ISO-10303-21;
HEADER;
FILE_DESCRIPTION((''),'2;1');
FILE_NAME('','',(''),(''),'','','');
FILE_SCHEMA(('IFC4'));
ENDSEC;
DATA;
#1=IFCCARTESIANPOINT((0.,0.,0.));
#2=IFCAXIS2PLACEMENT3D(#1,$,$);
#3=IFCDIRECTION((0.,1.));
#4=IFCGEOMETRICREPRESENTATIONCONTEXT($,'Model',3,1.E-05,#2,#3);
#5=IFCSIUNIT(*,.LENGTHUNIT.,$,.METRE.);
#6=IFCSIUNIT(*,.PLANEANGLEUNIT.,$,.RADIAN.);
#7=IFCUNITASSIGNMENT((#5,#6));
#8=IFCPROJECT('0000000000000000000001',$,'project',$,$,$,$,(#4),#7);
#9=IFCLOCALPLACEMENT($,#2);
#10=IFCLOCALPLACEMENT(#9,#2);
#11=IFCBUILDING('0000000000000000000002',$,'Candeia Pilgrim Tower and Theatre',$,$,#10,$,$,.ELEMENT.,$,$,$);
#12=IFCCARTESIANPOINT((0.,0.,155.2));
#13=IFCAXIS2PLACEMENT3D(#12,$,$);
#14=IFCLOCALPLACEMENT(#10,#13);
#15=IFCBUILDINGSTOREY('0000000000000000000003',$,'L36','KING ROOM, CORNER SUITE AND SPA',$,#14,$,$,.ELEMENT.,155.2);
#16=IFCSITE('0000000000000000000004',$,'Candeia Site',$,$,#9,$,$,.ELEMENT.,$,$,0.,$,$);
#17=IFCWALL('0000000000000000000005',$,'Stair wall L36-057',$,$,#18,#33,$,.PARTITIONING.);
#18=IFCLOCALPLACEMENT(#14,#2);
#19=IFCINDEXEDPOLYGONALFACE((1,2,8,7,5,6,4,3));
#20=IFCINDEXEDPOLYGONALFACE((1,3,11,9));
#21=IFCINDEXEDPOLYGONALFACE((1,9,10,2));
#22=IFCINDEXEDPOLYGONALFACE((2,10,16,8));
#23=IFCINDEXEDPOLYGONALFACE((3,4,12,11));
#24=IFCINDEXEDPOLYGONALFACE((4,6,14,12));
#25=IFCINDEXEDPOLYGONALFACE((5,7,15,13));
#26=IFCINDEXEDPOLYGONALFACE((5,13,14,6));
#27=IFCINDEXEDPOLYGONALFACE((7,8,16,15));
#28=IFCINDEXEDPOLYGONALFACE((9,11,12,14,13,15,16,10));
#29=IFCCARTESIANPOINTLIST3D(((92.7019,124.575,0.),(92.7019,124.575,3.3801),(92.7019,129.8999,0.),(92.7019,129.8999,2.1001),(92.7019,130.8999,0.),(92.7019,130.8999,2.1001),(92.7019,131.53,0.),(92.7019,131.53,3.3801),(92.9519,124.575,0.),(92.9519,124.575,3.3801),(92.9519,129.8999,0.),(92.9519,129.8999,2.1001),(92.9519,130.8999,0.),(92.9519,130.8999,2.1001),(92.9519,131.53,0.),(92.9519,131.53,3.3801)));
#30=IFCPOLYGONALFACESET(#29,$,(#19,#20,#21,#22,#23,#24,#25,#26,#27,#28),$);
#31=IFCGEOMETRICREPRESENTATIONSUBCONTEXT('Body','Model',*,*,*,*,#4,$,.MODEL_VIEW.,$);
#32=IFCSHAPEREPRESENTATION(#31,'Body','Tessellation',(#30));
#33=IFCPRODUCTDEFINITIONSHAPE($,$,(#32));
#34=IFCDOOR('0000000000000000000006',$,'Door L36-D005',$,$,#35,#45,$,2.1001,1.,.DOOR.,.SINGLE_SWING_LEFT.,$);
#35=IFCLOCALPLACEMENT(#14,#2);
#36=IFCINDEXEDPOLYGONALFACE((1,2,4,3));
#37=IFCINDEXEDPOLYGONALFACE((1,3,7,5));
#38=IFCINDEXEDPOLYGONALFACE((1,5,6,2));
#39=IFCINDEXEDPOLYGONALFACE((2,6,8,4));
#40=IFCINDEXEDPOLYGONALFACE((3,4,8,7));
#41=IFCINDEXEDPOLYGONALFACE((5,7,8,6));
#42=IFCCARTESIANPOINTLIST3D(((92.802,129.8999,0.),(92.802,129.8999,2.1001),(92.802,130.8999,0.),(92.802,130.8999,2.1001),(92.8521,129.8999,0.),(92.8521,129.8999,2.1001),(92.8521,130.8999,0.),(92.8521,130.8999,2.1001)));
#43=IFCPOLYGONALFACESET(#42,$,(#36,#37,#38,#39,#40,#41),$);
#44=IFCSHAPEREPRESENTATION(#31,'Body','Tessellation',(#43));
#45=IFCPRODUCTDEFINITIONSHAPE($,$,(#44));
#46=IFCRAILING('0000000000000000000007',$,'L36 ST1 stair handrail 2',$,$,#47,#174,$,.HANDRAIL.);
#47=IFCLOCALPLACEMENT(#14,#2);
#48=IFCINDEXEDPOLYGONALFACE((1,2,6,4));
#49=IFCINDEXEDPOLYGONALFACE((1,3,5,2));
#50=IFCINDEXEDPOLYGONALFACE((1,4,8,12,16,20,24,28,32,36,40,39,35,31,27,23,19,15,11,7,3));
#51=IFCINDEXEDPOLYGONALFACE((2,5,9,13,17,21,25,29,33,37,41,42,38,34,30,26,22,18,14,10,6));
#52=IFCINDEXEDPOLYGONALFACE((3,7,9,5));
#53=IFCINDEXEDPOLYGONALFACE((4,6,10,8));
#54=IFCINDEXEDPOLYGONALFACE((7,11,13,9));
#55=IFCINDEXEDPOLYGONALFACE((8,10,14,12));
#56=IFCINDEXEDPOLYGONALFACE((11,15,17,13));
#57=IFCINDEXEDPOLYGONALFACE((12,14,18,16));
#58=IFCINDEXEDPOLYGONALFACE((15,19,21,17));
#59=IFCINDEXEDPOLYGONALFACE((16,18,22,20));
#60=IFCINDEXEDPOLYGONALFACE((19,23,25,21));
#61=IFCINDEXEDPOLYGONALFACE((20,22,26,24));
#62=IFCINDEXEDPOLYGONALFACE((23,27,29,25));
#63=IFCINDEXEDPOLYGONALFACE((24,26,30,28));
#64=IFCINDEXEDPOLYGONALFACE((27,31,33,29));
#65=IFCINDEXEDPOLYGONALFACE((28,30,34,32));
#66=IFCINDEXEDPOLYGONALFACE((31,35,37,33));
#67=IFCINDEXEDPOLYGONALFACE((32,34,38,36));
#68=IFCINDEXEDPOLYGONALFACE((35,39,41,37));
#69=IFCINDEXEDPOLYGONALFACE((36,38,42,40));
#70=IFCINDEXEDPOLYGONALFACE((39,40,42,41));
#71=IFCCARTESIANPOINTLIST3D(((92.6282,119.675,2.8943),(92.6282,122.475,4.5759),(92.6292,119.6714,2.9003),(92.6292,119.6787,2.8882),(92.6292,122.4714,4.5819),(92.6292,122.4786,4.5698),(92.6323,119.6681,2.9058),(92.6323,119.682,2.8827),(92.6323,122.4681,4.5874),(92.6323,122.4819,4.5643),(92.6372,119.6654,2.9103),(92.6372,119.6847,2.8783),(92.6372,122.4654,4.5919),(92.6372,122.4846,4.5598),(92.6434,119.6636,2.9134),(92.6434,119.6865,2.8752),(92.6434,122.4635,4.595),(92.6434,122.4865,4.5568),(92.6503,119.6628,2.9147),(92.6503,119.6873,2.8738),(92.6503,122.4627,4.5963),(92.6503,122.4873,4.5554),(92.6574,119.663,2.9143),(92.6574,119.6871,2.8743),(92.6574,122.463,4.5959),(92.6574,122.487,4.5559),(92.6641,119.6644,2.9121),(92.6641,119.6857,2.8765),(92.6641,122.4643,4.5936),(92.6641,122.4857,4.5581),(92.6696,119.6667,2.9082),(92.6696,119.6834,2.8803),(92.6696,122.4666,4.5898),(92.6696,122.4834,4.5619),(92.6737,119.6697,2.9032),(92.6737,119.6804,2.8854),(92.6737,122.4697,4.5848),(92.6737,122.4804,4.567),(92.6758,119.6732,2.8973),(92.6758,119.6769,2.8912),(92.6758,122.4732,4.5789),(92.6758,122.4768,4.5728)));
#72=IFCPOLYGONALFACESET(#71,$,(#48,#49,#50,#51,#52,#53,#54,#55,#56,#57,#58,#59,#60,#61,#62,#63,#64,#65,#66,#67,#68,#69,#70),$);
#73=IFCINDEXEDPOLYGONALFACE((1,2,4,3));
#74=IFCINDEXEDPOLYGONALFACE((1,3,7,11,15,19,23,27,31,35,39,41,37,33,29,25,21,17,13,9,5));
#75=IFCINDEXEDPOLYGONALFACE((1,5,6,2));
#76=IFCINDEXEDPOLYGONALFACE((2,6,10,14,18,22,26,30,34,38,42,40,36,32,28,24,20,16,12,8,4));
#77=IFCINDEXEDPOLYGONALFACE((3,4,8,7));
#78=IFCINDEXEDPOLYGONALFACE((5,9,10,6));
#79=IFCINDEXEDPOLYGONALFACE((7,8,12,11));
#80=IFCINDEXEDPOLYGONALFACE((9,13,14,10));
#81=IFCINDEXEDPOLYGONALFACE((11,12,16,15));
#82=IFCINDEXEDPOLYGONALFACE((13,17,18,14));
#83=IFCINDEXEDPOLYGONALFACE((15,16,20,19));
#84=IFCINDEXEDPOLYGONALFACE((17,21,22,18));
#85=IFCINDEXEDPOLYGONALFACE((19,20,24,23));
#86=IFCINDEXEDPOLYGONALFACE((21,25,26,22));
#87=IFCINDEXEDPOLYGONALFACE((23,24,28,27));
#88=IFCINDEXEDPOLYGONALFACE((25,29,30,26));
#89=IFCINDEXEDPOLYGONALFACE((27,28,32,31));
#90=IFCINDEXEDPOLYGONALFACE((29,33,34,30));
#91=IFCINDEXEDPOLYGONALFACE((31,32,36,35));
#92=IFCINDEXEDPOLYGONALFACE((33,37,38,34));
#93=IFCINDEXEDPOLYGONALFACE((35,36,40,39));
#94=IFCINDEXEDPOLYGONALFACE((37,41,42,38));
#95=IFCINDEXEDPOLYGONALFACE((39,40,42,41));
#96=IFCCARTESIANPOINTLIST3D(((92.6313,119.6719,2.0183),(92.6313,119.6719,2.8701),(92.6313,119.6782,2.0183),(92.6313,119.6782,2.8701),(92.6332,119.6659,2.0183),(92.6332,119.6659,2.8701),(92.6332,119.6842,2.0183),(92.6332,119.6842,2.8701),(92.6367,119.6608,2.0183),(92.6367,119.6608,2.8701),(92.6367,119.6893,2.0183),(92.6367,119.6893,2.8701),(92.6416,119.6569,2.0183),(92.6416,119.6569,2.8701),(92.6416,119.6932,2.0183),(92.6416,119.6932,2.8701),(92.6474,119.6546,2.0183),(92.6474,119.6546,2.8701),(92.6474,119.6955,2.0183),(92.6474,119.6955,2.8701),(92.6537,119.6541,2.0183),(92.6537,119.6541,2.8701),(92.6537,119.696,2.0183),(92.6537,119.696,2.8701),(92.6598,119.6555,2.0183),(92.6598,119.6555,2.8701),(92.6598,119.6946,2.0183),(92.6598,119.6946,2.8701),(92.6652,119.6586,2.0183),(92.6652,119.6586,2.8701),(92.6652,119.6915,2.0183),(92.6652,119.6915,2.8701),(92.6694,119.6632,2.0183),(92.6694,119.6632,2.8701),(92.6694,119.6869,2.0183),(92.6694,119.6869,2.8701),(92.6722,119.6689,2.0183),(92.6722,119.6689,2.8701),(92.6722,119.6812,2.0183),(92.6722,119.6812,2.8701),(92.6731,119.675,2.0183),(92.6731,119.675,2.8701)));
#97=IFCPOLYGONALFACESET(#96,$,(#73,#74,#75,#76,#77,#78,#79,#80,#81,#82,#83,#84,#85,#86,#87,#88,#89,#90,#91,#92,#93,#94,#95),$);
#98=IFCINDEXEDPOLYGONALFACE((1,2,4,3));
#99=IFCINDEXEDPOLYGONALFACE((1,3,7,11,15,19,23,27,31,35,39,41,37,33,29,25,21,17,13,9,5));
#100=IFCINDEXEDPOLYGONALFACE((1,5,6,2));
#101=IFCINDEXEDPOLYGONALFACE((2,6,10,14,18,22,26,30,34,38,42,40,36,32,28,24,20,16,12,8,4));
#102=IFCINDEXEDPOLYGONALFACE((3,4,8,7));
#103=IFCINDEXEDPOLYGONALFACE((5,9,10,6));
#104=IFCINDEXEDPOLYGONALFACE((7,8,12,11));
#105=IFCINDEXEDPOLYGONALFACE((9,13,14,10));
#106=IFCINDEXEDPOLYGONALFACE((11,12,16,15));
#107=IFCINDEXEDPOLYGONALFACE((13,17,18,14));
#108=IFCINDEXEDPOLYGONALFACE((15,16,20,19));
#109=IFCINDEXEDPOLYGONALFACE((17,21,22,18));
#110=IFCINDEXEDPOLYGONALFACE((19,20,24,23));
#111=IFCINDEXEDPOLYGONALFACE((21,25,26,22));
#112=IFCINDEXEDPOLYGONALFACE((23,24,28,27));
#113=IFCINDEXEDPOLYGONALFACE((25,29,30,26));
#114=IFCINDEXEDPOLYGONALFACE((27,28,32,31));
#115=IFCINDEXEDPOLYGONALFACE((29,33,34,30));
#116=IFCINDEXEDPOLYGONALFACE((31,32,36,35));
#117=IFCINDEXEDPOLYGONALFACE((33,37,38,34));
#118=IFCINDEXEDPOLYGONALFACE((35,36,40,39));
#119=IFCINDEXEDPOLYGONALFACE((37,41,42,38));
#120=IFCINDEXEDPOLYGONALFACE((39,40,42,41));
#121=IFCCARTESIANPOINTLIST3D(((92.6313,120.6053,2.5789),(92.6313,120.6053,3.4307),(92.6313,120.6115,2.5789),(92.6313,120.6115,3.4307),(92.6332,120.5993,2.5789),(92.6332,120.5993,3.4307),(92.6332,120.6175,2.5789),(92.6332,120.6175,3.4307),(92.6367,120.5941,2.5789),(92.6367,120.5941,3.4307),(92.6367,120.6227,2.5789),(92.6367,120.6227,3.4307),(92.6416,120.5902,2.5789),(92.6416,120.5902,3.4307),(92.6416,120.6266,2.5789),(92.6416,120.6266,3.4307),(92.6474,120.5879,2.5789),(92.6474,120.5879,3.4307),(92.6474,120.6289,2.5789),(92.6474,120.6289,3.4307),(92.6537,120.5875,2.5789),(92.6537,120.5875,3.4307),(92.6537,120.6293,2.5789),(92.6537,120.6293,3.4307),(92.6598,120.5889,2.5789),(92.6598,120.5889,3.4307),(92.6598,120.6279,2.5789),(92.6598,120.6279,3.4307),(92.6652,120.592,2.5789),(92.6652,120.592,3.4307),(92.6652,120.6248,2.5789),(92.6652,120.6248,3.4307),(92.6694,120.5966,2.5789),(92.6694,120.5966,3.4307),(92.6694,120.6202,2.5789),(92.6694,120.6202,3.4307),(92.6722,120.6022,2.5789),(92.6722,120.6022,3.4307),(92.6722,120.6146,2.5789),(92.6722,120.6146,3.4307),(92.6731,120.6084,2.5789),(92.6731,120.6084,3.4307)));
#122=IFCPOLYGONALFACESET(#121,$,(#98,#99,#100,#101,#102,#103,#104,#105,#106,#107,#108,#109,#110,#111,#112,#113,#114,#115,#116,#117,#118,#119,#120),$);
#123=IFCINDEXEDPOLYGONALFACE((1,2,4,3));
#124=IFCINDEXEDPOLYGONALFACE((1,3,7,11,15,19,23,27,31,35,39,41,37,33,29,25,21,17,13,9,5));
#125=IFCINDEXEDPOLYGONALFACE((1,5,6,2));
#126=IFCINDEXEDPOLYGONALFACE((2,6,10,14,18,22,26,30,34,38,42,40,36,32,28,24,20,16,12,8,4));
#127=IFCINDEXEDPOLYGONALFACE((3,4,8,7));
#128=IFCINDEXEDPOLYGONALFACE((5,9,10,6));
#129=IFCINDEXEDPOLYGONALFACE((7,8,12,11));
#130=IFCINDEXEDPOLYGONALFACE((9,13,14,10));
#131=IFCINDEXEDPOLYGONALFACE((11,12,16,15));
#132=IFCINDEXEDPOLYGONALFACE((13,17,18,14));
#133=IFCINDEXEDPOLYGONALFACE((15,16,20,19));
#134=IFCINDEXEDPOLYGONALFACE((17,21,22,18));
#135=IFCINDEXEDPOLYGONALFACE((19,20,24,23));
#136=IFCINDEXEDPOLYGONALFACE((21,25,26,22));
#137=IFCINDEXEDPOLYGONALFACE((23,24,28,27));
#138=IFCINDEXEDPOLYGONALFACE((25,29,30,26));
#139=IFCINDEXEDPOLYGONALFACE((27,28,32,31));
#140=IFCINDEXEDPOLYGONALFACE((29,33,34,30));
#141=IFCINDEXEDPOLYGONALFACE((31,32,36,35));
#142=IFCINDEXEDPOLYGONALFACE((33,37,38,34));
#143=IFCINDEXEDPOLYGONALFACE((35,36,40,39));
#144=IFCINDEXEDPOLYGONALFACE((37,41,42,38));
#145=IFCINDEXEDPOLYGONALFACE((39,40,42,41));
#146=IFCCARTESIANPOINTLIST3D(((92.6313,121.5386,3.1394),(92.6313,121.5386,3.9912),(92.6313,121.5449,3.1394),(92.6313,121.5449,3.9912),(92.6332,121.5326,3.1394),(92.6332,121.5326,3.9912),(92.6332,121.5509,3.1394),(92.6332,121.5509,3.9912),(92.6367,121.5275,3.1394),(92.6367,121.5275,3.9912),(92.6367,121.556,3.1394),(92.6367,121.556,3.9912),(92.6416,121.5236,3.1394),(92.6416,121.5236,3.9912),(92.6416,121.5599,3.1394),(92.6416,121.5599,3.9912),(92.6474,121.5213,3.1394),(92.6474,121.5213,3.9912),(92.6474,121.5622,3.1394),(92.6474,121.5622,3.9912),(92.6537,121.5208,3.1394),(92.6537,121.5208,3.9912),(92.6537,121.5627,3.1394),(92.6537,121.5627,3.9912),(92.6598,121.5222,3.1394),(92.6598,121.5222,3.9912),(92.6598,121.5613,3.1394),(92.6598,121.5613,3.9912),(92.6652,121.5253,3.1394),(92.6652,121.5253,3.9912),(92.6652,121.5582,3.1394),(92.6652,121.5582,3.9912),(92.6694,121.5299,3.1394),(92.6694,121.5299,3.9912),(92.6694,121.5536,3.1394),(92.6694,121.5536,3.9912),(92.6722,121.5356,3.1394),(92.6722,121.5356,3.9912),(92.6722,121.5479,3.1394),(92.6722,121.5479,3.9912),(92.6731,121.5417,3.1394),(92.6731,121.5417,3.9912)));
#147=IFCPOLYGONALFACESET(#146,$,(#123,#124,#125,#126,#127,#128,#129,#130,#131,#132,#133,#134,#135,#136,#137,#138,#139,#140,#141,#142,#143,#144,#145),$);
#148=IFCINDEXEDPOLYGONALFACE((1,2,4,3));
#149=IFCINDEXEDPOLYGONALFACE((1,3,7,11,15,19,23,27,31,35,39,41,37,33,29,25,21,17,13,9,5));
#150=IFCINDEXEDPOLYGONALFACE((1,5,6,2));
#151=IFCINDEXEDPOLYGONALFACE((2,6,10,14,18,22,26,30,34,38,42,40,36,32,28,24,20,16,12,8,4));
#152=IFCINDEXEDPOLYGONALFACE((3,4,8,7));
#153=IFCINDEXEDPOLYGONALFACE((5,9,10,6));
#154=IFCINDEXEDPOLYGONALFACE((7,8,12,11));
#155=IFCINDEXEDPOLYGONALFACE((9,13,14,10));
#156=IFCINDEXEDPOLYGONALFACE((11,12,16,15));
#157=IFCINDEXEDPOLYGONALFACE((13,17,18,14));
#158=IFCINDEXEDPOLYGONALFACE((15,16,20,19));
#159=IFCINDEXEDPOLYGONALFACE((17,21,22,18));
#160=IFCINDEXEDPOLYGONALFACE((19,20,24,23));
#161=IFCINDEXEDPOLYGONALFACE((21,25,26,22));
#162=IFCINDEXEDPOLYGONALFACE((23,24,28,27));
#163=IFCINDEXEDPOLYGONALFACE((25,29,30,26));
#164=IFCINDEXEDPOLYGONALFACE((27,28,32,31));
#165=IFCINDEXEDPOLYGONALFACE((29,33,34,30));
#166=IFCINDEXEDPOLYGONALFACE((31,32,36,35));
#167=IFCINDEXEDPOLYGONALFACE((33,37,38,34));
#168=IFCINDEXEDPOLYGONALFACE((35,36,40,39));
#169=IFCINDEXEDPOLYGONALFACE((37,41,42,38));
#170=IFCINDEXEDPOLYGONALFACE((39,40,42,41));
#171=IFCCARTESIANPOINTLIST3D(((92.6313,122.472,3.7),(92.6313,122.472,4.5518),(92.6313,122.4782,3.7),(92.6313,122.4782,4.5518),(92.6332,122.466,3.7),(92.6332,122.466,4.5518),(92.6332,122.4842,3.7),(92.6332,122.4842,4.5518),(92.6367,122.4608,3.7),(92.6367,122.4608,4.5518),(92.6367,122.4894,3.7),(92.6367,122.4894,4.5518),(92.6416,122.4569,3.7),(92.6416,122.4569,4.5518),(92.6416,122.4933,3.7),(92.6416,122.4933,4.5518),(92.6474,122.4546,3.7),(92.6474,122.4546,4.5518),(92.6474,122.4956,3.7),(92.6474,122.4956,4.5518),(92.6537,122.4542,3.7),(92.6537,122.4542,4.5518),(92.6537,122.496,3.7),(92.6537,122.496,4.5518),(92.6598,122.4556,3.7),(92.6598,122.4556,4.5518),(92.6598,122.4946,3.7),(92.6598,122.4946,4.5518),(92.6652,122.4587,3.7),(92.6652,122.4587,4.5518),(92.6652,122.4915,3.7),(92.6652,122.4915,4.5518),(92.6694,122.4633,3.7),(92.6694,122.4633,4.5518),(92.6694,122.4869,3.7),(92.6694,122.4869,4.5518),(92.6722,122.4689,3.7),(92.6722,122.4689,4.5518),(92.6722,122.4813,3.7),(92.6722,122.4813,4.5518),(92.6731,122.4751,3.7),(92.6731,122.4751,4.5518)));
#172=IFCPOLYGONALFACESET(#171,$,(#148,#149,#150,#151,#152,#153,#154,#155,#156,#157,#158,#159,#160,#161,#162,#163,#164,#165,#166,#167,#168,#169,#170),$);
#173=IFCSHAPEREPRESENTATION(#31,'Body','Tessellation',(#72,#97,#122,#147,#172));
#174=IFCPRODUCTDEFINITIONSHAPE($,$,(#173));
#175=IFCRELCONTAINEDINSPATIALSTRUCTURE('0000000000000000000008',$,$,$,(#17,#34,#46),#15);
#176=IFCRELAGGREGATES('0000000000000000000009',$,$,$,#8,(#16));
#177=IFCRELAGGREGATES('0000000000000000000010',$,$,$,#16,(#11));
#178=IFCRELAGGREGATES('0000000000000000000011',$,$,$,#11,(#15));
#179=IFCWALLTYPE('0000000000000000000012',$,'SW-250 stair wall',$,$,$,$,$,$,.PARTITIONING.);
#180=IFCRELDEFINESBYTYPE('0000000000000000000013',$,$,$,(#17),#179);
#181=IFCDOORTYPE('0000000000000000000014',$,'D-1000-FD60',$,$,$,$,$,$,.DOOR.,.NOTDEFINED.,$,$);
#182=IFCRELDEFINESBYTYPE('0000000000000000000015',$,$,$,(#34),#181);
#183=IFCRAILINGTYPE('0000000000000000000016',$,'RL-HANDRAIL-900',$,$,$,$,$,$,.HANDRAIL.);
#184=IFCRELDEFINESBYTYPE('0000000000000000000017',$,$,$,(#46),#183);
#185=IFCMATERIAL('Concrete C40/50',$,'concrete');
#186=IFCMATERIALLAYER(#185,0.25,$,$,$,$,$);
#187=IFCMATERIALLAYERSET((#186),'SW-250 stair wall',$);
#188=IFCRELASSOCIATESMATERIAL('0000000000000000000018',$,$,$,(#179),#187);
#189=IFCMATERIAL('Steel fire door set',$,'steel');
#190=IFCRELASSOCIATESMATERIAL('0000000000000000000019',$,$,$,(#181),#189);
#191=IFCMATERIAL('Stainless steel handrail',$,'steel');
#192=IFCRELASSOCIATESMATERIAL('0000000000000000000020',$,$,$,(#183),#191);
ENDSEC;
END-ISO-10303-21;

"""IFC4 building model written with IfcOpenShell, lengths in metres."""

from ifc_helpers import new_model, si_unit, direction, frame, frame_2d, origin, origin_2d, place, context, subcontext, project, spatial, rectangle, circle, extrude, material, layer, layer_set, type_object, element, fill, save


model = new_model("IFC4")

# Units and contexts
model_context = context("Model", 3, precision=1e-05, world=origin(), true_north=direction((0.0, 1.0)))
body_context = subcontext(model_context, "Body", "Model", "MODEL_VIEW")
ifc_project = project(units=[si_unit("LENGTHUNIT", "METRE"), si_unit("PLANEANGLEUNIT", "RADIAN")], contexts=[model_context])

# Site, building, storey
site_placement = place(None, origin())
site = spatial("IfcSite", under=ifc_project, at=site_placement, Name="Candeia Site", CompositionType="ELEMENT", RefElevation=0.0)
building_placement = place(site_placement, origin())
building = spatial("IfcBuilding", under=site, at=building_placement, Name="Candeia Pilgrim Tower and Theatre", CompositionType="ELEMENT")
storey_placement = place(building_placement, frame((0.0, 0.0, 155.2)))
storey = spatial("IfcBuildingStorey", under=building, at=storey_placement, Name="L36", Description="KING ROOM, CORNER SUITE AND SPA", CompositionType="ELEMENT", Elevation=155.2)

# Shared definitions
ifc_material_1 = material(Name="Steel fire door set", Category="steel")

# Shared definitions
ifc_material_2 = material(Name="Concrete C40/50", Category="concrete")

# Wall, opening, door
ifc_layer_1 = layer(ifc_material_2, 0.25)
ifc_layer_set_1 = layer_set([ifc_layer_1], Name="SW-250 stair wall")
wall_type_1 = type_object("IfcWallType", Name="SW-250 stair wall", PredefinedType="PARTITIONING", material=ifc_layer_set_1)
wall_1_placement = place(storey_placement, frame((92.8269, 124.575, 0.0), z_axis=(0.0, 0.0, 1.0), x_axis=(0.0, 1.0, 0.0)))
wall_1 = element("IfcWall", 1, at=wall_1_placement, inside=storey, type_object=wall_type_1, Name="Stair wall L36-057", PredefinedType="PARTITIONING", context=body_context, shape_type="SweptSolid", body=[
    extrude(rectangle(XDim=6.9551, YDim=0.25, at=frame_2d((3.4775, 0.0))), origin(), (0.0, 0.0, 1.0), 3.3801),
])
opening_1_placement = place(wall_1_placement, frame((5.325, 0.0, 0.0)))
opening_1 = element("IfcOpeningElement", 2, at=opening_1_placement, cuts=wall_1, PredefinedType="OPENING", context=body_context, shape_type="SweptSolid", body=[
    extrude(rectangle(XDim=1.0, YDim=2.1001, at=frame_2d((0.5, 1.05))), frame((0.0, 0.135, 0.0), z_axis=(0.0, -1.0, 0.0), x_axis=(1.0, 0.0, 0.0)), (0.0, 0.0, 1.0), 0.27),
])
door_type_1 = type_object("IfcDoorType", Name="D-1000-FD60", OperationType="NOTDEFINED", PredefinedType="DOOR", material=ifc_material_1)
door_1_placement = place(opening_1_placement, origin())
door_1 = element("IfcDoor", 3, at=door_1_placement, inside=storey, type_object=door_type_1, Name="Door L36-D005", OperationType="SINGLE_SWING_LEFT", OverallHeight=2.1001, OverallWidth=1.0, PredefinedType="DOOR", context=body_context, shape_type="SweptSolid", body=[
    extrude(rectangle(XDim=1.0, YDim=2.1001, at=frame_2d((0.5, 1.05))), frame((0.0, 0.0249, 0.0), z_axis=(0.0, -1.0, 0.0), x_axis=(1.0, 0.0, 0.0)), (0.0, 0.0, 1.0), 0.05),
])
fill(opening_1, door_1)

# Railing
ifc_material_3 = material(Name="Stainless steel handrail", Category="steel")
railing_type = type_object("IfcRailingType", Name="RL-HANDRAIL-900", PredefinedType="HANDRAIL", material=ifc_material_3)
for number, where, name in (
    (4, (92.6521, 119.675, 2.0183), "L36 ST1 stair handrail 2"),
):
    element("IfcRailing", number, at=place(storey_placement, frame(where)), inside=storey, type_object=railing_type, Name=name, PredefinedType="HANDRAIL", context=body_context, shape_type="SweptSolid", body=[
        extrude(circle(Radius=0.0239, at=origin_2d()), frame((0.0, 0.0, 0.876), z_axis=(0.0, 0.857275, 0.514858), x_axis=(-1.0, 0.0, 0.0)), (0.0, 0.0, 1.0), 3.2661),
        extrude(circle(Radius=0.021, at=origin_2d()), origin(), (0.0, 0.0, 1.0), 0.8518),
        extrude(circle(Radius=0.021, at=origin_2d()), frame((0.0, 0.9333, 0.5605)), (0.0, 0.0, 1.0), 0.8518),
        extrude(circle(Radius=0.021, at=origin_2d()), frame((0.0, 1.8667, 1.1211)), (0.0, 0.0, 1.0), 0.8518),
        extrude(circle(Radius=0.021, at=origin_2d()), frame((0.0, 2.8, 1.6816)), (0.0, 0.0, 1.0), 0.8518),
    ])

save(model, "model.ifc")
